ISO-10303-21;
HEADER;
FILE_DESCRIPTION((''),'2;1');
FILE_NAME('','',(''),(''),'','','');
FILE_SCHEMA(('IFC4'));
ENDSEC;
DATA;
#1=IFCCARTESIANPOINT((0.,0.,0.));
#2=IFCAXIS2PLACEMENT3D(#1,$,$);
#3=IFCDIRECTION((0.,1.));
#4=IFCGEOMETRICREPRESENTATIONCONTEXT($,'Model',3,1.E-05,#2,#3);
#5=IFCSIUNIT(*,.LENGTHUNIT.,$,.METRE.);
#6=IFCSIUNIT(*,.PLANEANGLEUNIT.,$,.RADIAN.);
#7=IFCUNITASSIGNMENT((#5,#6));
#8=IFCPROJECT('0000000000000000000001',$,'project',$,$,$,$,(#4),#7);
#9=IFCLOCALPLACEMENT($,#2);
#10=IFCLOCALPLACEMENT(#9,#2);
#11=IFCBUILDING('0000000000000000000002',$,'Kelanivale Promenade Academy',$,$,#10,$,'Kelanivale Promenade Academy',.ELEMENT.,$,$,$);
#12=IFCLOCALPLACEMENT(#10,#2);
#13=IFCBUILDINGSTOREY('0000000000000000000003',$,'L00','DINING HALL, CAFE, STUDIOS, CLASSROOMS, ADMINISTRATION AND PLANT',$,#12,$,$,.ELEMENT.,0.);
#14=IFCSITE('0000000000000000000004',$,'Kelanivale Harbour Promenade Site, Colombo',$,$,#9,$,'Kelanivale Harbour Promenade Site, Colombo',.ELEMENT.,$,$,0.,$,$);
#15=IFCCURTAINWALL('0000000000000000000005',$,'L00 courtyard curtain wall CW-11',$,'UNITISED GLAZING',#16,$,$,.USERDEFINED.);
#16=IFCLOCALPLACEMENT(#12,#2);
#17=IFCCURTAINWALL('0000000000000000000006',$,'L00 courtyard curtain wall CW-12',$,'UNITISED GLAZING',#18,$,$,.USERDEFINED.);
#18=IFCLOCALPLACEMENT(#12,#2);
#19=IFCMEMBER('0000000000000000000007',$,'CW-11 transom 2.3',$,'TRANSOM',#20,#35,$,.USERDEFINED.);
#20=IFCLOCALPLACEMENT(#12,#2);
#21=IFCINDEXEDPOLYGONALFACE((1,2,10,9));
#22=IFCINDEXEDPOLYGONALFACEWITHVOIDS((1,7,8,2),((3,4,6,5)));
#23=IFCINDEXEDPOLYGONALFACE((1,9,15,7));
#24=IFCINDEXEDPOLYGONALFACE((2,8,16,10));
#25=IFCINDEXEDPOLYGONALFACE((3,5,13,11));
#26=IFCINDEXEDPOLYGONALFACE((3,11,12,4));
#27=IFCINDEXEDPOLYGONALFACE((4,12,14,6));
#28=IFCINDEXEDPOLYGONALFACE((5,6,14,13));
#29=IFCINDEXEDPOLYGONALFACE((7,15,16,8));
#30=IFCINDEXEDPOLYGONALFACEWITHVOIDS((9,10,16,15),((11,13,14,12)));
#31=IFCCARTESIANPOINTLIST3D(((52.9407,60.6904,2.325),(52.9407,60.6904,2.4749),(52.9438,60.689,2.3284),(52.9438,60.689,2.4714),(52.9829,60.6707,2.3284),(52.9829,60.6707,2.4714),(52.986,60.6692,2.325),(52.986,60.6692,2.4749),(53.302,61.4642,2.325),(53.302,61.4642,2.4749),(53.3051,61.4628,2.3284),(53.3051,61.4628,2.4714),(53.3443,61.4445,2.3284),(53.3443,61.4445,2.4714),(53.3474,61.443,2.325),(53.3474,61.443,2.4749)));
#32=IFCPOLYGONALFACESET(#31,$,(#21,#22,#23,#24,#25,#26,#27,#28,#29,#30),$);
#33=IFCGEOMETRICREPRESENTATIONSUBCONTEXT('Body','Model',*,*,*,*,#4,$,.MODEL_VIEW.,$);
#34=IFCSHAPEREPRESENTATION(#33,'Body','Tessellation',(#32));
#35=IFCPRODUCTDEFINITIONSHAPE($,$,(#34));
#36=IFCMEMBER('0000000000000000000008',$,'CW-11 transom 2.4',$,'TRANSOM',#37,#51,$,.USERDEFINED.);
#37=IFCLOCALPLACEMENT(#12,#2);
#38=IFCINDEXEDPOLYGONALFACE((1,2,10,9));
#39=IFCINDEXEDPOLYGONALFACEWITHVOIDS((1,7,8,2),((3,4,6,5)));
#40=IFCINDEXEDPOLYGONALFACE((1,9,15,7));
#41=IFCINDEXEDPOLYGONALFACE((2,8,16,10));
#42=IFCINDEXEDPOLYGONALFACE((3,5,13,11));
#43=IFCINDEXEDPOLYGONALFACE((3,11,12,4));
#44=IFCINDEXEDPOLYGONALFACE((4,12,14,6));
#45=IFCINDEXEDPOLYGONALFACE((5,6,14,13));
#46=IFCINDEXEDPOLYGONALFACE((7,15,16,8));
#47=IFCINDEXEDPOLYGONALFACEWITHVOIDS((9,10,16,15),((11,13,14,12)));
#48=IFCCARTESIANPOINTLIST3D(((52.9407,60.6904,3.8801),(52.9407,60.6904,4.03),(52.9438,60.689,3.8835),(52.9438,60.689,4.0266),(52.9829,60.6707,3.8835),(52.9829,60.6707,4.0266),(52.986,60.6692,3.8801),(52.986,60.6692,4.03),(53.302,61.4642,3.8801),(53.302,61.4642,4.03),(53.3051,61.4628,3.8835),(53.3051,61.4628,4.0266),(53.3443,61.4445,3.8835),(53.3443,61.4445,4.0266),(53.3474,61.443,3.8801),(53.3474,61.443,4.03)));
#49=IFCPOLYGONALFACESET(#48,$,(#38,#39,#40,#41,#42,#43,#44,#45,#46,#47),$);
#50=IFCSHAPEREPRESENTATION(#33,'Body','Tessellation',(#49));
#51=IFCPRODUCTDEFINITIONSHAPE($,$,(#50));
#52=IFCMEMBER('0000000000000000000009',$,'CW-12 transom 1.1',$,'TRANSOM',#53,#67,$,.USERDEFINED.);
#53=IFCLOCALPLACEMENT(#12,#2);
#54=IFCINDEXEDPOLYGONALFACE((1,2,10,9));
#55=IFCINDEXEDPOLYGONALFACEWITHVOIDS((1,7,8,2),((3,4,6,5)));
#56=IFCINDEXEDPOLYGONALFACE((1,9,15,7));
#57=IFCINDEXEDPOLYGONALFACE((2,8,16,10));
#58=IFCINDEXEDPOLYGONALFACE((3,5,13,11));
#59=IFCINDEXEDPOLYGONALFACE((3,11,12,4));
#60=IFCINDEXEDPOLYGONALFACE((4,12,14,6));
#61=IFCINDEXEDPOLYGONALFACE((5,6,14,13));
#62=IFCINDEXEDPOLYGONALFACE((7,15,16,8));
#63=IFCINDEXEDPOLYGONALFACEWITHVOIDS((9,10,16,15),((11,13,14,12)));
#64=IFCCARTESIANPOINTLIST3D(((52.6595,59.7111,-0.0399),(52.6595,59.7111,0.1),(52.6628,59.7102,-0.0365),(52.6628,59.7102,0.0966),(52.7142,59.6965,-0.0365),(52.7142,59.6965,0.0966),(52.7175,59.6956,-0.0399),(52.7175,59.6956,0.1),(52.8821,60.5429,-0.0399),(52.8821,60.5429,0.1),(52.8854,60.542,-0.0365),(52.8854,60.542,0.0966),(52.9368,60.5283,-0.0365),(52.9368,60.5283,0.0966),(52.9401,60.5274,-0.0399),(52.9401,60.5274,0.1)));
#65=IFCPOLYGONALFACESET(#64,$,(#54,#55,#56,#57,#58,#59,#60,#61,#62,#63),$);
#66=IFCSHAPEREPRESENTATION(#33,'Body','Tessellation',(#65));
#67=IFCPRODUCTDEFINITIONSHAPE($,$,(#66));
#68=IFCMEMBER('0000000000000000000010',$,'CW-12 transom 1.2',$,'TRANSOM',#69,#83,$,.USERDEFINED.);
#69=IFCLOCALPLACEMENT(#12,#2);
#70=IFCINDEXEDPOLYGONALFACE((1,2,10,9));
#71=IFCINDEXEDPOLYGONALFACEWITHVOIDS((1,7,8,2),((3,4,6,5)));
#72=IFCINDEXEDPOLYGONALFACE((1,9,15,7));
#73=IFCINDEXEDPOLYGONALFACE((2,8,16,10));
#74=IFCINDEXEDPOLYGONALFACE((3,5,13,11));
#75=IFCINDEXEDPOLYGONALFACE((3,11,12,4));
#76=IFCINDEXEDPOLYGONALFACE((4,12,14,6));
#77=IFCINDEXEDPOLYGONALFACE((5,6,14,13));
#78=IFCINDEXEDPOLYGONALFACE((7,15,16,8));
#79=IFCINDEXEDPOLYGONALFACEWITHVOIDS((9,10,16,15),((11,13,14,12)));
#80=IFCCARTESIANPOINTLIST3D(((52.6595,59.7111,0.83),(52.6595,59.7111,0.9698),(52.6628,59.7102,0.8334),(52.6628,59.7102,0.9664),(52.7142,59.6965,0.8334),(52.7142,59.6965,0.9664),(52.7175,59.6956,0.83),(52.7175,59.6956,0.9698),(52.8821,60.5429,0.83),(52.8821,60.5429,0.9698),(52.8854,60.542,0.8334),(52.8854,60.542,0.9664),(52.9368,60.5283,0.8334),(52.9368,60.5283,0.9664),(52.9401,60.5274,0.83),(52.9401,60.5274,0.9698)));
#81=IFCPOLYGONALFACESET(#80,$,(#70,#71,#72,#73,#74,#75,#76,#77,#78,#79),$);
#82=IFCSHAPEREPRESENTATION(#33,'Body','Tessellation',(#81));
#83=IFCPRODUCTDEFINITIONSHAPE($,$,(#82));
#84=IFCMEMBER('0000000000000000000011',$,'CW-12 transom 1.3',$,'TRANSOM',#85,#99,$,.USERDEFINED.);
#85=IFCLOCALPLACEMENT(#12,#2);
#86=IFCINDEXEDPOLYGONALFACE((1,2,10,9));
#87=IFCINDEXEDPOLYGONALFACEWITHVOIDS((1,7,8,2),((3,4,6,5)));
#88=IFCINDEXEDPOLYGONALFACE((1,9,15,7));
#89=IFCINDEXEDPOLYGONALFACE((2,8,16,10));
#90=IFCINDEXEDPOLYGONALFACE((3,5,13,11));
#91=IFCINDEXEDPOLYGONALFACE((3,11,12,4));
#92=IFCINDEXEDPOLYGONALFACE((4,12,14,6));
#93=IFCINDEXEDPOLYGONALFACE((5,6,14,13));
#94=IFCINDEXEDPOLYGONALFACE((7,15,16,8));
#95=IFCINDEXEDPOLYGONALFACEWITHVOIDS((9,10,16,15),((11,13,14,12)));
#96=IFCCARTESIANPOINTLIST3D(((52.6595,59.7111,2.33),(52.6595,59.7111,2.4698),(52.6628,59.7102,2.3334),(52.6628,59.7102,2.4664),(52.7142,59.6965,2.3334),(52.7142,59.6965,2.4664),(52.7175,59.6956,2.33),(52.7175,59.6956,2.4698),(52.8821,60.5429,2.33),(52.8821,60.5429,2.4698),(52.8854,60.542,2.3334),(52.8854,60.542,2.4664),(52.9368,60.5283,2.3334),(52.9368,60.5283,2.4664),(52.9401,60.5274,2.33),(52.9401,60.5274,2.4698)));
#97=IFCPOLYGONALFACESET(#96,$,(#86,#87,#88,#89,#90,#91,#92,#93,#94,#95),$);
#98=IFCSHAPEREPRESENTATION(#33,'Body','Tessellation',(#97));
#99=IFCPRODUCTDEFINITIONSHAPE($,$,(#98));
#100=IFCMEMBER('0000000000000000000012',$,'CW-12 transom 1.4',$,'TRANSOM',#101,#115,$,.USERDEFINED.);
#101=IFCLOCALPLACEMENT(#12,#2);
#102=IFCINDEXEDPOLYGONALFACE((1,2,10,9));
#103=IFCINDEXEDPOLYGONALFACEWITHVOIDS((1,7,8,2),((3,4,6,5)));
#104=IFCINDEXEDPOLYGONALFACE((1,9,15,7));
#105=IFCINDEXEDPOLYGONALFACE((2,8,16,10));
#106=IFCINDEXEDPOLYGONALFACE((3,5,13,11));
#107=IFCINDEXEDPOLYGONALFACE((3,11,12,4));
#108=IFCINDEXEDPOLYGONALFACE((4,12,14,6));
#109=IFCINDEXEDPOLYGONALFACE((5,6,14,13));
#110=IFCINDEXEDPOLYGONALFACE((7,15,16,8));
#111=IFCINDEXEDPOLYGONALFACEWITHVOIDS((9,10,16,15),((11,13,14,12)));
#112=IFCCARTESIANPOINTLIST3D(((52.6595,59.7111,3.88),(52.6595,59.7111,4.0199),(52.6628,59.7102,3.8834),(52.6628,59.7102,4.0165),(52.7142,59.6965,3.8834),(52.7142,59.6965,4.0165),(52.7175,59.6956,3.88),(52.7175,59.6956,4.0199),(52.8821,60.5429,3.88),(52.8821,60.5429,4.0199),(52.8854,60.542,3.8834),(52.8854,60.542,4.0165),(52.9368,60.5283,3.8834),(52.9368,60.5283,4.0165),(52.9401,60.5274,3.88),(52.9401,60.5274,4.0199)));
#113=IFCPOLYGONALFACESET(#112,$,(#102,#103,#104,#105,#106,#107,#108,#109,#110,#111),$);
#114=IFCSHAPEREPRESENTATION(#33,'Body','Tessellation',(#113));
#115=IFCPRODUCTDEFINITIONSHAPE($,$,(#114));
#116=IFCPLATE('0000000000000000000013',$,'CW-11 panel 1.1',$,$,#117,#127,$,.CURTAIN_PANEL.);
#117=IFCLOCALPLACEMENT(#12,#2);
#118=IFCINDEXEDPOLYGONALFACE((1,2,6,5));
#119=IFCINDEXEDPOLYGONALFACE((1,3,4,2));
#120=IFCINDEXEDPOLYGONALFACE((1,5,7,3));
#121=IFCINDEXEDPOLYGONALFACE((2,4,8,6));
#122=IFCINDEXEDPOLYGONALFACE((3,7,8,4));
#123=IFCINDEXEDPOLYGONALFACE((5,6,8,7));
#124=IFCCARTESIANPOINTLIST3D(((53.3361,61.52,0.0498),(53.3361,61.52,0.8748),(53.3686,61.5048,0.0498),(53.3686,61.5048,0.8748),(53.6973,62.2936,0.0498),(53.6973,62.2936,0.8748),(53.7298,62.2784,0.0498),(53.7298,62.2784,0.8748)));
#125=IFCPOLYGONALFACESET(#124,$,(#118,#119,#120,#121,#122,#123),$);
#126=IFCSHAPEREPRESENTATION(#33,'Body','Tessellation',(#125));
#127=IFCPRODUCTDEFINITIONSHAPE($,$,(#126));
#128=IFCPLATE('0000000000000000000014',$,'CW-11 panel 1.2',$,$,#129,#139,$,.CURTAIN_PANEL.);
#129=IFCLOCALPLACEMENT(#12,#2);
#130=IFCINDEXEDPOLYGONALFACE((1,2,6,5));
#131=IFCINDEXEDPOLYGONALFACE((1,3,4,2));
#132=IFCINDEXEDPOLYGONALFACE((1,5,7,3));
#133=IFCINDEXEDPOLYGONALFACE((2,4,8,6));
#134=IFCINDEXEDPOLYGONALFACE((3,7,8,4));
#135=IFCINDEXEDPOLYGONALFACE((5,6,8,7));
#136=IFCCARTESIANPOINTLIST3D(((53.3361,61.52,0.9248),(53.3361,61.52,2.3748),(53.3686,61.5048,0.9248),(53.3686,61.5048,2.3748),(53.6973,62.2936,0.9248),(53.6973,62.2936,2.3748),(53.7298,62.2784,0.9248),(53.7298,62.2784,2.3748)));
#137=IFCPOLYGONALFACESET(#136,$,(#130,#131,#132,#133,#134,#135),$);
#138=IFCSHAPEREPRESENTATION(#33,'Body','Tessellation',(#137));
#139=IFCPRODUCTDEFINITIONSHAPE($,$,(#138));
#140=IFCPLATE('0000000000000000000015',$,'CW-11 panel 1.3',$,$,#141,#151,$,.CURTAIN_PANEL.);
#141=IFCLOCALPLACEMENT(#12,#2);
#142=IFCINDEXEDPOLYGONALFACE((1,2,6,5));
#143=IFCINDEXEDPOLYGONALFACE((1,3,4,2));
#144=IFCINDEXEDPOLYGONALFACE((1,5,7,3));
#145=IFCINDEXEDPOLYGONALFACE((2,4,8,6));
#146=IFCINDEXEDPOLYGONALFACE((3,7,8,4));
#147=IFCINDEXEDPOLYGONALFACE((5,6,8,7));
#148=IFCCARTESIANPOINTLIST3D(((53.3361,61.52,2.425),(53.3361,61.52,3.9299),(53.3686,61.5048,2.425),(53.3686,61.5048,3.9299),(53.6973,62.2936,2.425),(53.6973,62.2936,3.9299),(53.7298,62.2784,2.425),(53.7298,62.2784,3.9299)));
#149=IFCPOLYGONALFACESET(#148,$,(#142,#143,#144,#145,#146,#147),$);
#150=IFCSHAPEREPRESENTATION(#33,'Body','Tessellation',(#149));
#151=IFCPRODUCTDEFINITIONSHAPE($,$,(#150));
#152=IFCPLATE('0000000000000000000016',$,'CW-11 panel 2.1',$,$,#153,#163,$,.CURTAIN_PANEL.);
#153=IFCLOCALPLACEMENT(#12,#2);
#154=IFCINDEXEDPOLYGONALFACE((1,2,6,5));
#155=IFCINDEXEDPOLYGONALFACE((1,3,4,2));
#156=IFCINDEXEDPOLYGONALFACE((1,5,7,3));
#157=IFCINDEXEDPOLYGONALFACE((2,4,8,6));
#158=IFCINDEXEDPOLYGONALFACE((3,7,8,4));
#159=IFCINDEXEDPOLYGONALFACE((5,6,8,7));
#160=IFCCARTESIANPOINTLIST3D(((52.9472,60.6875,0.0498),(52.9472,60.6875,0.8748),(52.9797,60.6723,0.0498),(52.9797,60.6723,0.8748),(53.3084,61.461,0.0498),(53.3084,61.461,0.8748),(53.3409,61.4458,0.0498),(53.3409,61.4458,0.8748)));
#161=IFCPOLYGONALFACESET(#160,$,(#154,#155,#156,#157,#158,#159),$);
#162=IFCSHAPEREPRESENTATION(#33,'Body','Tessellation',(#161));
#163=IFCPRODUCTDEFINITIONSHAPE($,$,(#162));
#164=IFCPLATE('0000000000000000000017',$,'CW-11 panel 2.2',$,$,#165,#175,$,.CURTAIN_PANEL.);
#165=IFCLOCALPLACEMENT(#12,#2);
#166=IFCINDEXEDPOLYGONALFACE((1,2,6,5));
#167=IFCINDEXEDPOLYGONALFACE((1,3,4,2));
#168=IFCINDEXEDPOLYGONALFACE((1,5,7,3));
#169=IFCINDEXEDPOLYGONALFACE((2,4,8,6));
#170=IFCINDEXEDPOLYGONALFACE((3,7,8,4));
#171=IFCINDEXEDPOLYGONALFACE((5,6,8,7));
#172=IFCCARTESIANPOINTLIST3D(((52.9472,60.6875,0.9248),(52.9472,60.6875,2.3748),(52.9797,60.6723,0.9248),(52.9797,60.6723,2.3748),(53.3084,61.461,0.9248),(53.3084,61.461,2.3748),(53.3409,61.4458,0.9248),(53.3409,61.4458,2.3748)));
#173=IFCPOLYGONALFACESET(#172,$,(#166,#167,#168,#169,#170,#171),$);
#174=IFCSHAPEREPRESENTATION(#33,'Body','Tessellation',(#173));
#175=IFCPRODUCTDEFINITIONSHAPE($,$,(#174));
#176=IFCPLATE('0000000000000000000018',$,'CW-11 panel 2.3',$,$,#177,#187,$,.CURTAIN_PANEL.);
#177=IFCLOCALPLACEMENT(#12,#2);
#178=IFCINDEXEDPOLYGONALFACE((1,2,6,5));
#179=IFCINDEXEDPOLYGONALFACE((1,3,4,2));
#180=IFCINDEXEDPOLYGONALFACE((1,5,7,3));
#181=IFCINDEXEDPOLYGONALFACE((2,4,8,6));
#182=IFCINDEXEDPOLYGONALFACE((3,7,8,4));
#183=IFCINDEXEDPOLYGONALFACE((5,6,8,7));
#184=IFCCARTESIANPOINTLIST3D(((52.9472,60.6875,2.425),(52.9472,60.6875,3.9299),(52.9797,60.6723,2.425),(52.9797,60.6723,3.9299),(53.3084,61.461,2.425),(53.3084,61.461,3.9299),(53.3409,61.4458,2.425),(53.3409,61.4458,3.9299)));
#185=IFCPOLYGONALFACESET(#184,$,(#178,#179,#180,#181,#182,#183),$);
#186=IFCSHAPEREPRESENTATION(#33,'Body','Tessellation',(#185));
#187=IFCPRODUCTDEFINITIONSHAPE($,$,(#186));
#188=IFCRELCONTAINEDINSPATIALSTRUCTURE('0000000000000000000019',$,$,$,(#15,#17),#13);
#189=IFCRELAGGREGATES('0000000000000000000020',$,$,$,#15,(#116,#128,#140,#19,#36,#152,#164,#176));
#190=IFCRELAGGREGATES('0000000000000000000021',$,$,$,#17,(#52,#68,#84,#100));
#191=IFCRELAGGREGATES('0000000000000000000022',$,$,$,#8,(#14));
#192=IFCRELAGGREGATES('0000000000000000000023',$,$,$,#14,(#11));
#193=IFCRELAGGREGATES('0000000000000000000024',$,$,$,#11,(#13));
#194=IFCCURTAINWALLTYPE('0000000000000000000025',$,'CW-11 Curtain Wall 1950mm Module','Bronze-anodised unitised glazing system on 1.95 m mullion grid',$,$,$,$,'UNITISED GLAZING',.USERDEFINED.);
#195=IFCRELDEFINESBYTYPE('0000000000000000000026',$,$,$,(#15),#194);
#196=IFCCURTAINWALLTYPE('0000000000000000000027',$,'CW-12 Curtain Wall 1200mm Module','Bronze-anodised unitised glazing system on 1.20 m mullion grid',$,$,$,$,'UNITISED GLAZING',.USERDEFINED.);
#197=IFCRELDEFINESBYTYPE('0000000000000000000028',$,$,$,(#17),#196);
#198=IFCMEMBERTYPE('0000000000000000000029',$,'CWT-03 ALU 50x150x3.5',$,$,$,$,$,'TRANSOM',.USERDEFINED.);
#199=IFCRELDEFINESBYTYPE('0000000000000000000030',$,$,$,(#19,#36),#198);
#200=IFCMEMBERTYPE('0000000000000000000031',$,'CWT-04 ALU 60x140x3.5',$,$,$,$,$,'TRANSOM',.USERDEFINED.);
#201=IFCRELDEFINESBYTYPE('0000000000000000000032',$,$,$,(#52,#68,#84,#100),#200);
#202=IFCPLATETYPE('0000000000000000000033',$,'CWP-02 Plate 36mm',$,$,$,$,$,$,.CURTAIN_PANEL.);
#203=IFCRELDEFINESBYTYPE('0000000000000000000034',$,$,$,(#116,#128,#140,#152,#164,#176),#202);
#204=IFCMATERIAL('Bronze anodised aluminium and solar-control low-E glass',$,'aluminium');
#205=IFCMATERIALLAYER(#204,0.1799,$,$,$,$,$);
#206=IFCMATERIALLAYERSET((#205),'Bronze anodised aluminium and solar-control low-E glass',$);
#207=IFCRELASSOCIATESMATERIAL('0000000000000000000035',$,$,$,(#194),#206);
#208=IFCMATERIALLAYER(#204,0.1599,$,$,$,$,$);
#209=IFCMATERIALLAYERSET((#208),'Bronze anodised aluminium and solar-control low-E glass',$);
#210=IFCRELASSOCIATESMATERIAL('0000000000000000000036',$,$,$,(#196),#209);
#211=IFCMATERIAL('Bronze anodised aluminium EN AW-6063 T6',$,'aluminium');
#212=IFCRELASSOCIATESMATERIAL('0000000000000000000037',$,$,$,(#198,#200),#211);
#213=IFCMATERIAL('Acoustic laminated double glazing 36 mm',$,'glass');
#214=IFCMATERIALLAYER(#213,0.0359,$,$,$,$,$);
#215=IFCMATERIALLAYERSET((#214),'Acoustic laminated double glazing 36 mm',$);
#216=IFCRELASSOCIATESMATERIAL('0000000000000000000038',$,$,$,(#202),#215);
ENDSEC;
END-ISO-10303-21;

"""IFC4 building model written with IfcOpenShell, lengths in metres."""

from ifc_helpers import new_model, si_unit, direction, frame, origin, origin_2d, place, context, subcontext, project, spatial, rectangle, hollow_rectangle, extrude, material, layer, layer_set, material_profile, profile_set, type_object, element, aggregate, save


model = new_model("IFC4")

# Units and contexts
model_context = context("Model", 3, precision=1e-05, world=origin(), true_north=direction((0.0, 1.0)))
body_context = subcontext(model_context, "Body", "Model", "MODEL_VIEW")
ifc_project = project(units=[si_unit("LENGTHUNIT", "METRE"), si_unit("PLANEANGLEUNIT", "RADIAN")], contexts=[model_context])

# Site, building, storey
site_placement = place(None, origin())
site = spatial("IfcSite", under=ifc_project, at=site_placement, Name="Kelanivale Harbour Promenade Site, Colombo", LongName="Kelanivale Harbour Promenade Site, Colombo", CompositionType="ELEMENT", RefElevation=0.0)
building_placement = place(site_placement, origin())
building = spatial("IfcBuilding", under=site, at=building_placement, Name="Kelanivale Promenade Academy", LongName="Kelanivale Promenade Academy", CompositionType="ELEMENT")
storey_placement = place(building_placement, origin())
storey = spatial("IfcBuildingStorey", under=building, at=storey_placement, Name="L00", Description="DINING HALL, CAFE, STUDIOS, CLASSROOMS, ADMINISTRATION AND PLANT", CompositionType="ELEMENT", Elevation=0.0)

# Curtain wall
ifc_material_1 = material(Name="Bronze anodised aluminium and solar-control low-E glass", Category="aluminium")
ifc_layer_1 = layer(ifc_material_1, 0.1799)
ifc_layer_set_1 = layer_set([ifc_layer_1], Name="Bronze anodised aluminium and solar-control low-E glass")
curtain_wall_type_1 = type_object("IfcCurtainWallType", Name="CW-11 Curtain Wall 1950mm Module", Description="Bronze-anodised unitised glazing system on 1.95 m mullion grid", ElementType="UNITISED GLAZING", PredefinedType="USERDEFINED", material=ifc_layer_set_1)
curtain_wall_1_placement = place(storey_placement, origin())
curtain_wall_1 = element("IfcCurtainWall", 1, at=curtain_wall_1_placement, inside=storey, type_object=curtain_wall_type_1, Name="L00 courtyard curtain wall CW-11", ObjectType="UNITISED GLAZING", PredefinedType="USERDEFINED")
ifc_material_2 = material(Name="Bronze anodised aluminium EN AW-6063 T6", Category="aluminium")

# Curtain wall
ifc_layer_2 = layer(ifc_material_1, 0.1599)
ifc_layer_set_2 = layer_set([ifc_layer_2], Name="Bronze anodised aluminium and solar-control low-E glass")
curtain_wall_type_2 = type_object("IfcCurtainWallType", Name="CW-12 Curtain Wall 1200mm Module", Description="Bronze-anodised unitised glazing system on 1.20 m mullion grid", ElementType="UNITISED GLAZING", PredefinedType="USERDEFINED", material=ifc_layer_set_2)
curtain_wall_2_placement = place(storey_placement, origin())
curtain_wall_2 = element("IfcCurtainWall", 2, at=curtain_wall_2_placement, inside=storey, type_object=curtain_wall_type_2, Name="L00 courtyard curtain wall CW-12", ObjectType="UNITISED GLAZING", PredefinedType="USERDEFINED")

# Members
ifc_material_profile_1 = material_profile(ifc_material_2, hollow_rectangle(XDim=0.05, YDim=0.1499, WallThickness=0.0034, at=origin_2d()), Name="ALU 50x150x3.5")
ifc_profile_set_1 = profile_set([ifc_material_profile_1], Name="Bronze anodised aluminium EN AW-6063 T6")
member_type_1 = type_object("IfcMemberType", Name="CWT-03 ALU 50x150x3.5", ElementType="TRANSOM", PredefinedType="USERDEFINED", material=ifc_profile_set_1)
member_1_placement = place(storey_placement, frame((53.3247, 61.4536, 2.3999), z_axis=(-0.423152, -0.906059, 0.0), x_axis=(0.906059, -0.423152, 0.0)))
member_1 = element("IfcMember", 3, at=member_1_placement, type_object=member_type_1, Name="CW-11 transom 2.3", ObjectType="TRANSOM", PredefinedType="USERDEFINED", context=body_context, shape_type="SweptSolid", body=[
    extrude(hollow_rectangle(XDim=0.05, YDim=0.1499, WallThickness=0.0034, at=origin_2d()), origin(), (0.0, 0.0, 1.0), 0.854),
])
member_2_placement = place(storey_placement, frame((53.3247, 61.4536, 3.9551), z_axis=(-0.423152, -0.906059, 0.0), x_axis=(0.906059, -0.423152, 0.0)))
member_2 = element("IfcMember", 4, at=member_2_placement, type_object=member_type_1, Name="CW-11 transom 2.4", ObjectType="TRANSOM", PredefinedType="USERDEFINED", context=body_context, shape_type="SweptSolid", body=[
    extrude(hollow_rectangle(XDim=0.05, YDim=0.1499, WallThickness=0.0034, at=origin_2d()), origin(), (0.0, 0.0, 1.0), 0.854),
])
ifc_material_profile_2 = material_profile(ifc_material_2, hollow_rectangle(XDim=0.0601, YDim=0.1399, WallThickness=0.0034, at=origin_2d()), Name="ALU 60x140x3.5")
ifc_profile_set_2 = profile_set([ifc_material_profile_2], Name="Bronze anodised aluminium EN AW-6063 T6")
member_type_2 = type_object("IfcMemberType", Name="CWT-04 ALU 60x140x3.5", ElementType="TRANSOM", PredefinedType="USERDEFINED", material=ifc_profile_set_2)
member_3_placement = place(storey_placement, frame((52.9111, 60.5352, 0.03), z_axis=(-0.25858, -0.96599, 0.0), x_axis=(0.96599, -0.25858, 0.0)))
member_3 = element("IfcMember", 5, at=member_3_placement, type_object=member_type_2, Name="CW-12 transom 1.1", ObjectType="TRANSOM", PredefinedType="USERDEFINED", context=body_context, shape_type="SweptSolid", body=[
    extrude(hollow_rectangle(XDim=0.0601, YDim=0.1399, WallThickness=0.0034, at=origin_2d()), origin(), (0.0, 0.0, 1.0), 0.8611),
])
member_4_placement = place(storey_placement, frame((52.9111, 60.5352, 0.8999), z_axis=(-0.25858, -0.96599, 0.0), x_axis=(0.96599, -0.25858, 0.0)))
member_4 = element("IfcMember", 6, at=member_4_placement, type_object=member_type_2, Name="CW-12 transom 1.2", ObjectType="TRANSOM", PredefinedType="USERDEFINED", context=body_context, shape_type="SweptSolid", body=[
    extrude(hollow_rectangle(XDim=0.0601, YDim=0.1399, WallThickness=0.0034, at=origin_2d()), origin(), (0.0, 0.0, 1.0), 0.8611),
])
member_5_placement = place(storey_placement, frame((52.9111, 60.5352, 2.3999), z_axis=(-0.25858, -0.96599, 0.0), x_axis=(0.96599, -0.25858, 0.0)))
member_5 = element("IfcMember", 7, at=member_5_placement, type_object=member_type_2, Name="CW-12 transom 1.3", ObjectType="TRANSOM", PredefinedType="USERDEFINED", context=body_context, shape_type="SweptSolid", body=[
    extrude(hollow_rectangle(XDim=0.0601, YDim=0.1399, WallThickness=0.0034, at=origin_2d()), origin(), (0.0, 0.0, 1.0), 0.8611),
])
member_6_placement = place(storey_placement, frame((52.9111, 60.5352, 3.95), z_axis=(-0.25858, -0.96599, 0.0), x_axis=(0.96599, -0.25858, 0.0)))
member_6 = element("IfcMember", 8, at=member_6_placement, type_object=member_type_2, Name="CW-12 transom 1.4", ObjectType="TRANSOM", PredefinedType="USERDEFINED", context=body_context, shape_type="SweptSolid", body=[
    extrude(hollow_rectangle(XDim=0.0601, YDim=0.1399, WallThickness=0.0034, at=origin_2d()), origin(), (0.0, 0.0, 1.0), 0.8611),
])

# Plates
ifc_material_3 = material(Name="Acoustic laminated double glazing 36 mm", Category="glass")
ifc_layer_3 = layer(ifc_material_3, 0.0359)
ifc_layer_set_3 = layer_set([ifc_layer_3], Name="Acoustic laminated double glazing 36 mm")
plate_type_1 = type_object("IfcPlateType", Name="CWP-02 Plate 36mm", PredefinedType="CURTAIN_PANEL", material=ifc_layer_set_3)
plate_1_placement = place(storey_placement, frame((53.533, 61.8992, 0.0498), z_axis=(0.0, 0.0, 1.0), x_axis=(-0.423087, -0.906089, 0.0)))
plate_1 = element("IfcPlate", 9, at=plate_1_placement, type_object=plate_type_1, Name="CW-11 panel 1.1", PredefinedType="CURTAIN_PANEL", context=body_context, shape_type="SweptSolid", body=[
    extrude(rectangle(XDim=0.8538, YDim=0.0359, at=origin_2d()), origin(), (0.0, 0.0, 1.0), 0.825),
])
plate_2_placement = place(storey_placement, frame((53.533, 61.8992, 0.9248), z_axis=(0.0, 0.0, 1.0), x_axis=(-0.423087, -0.906089, 0.0)))
plate_2 = element("IfcPlate", 10, at=plate_2_placement, type_object=plate_type_1, Name="CW-11 panel 1.2", PredefinedType="CURTAIN_PANEL", context=body_context, shape_type="SweptSolid", body=[
    extrude(rectangle(XDim=0.8538, YDim=0.0359, at=origin_2d()), origin(), (0.0, 0.0, 1.0), 1.45),
])
plate_3_placement = place(storey_placement, frame((53.533, 61.8992, 2.425), z_axis=(0.0, 0.0, 1.0), x_axis=(-0.423087, -0.906089, 0.0)))
plate_3 = element("IfcPlate", 11, at=plate_3_placement, type_object=plate_type_1, Name="CW-11 panel 1.3", PredefinedType="CURTAIN_PANEL", context=body_context, shape_type="SweptSolid", body=[
    extrude(rectangle(XDim=0.8538, YDim=0.0359, at=origin_2d()), origin(), (0.0, 0.0, 1.0), 1.5049),
])
plate_4_placement = place(storey_placement, frame((53.144, 61.0667, 0.0498), z_axis=(0.0, 0.0, 1.0), x_axis=(-0.423087, -0.906089, 0.0)))
plate_4 = element("IfcPlate", 12, at=plate_4_placement, type_object=plate_type_1, Name="CW-11 panel 2.1", PredefinedType="CURTAIN_PANEL", context=body_context, shape_type="SweptSolid", body=[
    extrude(rectangle(XDim=0.8538, YDim=0.0359, at=origin_2d()), origin(), (0.0, 0.0, 1.0), 0.825),
])
plate_5_placement = place(storey_placement, frame((53.144, 61.0667, 0.9248), z_axis=(0.0, 0.0, 1.0), x_axis=(-0.423087, -0.906089, 0.0)))
plate_5 = element("IfcPlate", 13, at=plate_5_placement, type_object=plate_type_1, Name="CW-11 panel 2.2", PredefinedType="CURTAIN_PANEL", context=body_context, shape_type="SweptSolid", body=[
    extrude(rectangle(XDim=0.8538, YDim=0.0359, at=origin_2d()), origin(), (0.0, 0.0, 1.0), 1.45),
])
plate_6_placement = place(storey_placement, frame((53.144, 61.0667, 2.425), z_axis=(0.0, 0.0, 1.0), x_axis=(-0.423087, -0.906089, 0.0)))
plate_6 = element("IfcPlate", 14, at=plate_6_placement, type_object=plate_type_1, Name="CW-11 panel 2.3", PredefinedType="CURTAIN_PANEL", context=body_context, shape_type="SweptSolid", body=[
    extrude(rectangle(XDim=0.8538, YDim=0.0359, at=origin_2d()), origin(), (0.0, 0.0, 1.0), 1.5049),
])
aggregate(curtain_wall_1, [plate_1, plate_2, plate_3, member_1, member_2, plate_4, plate_5, plate_6])
aggregate(curtain_wall_2, [member_3, member_4, member_5, member_6])

save(model, "model.ifc")
